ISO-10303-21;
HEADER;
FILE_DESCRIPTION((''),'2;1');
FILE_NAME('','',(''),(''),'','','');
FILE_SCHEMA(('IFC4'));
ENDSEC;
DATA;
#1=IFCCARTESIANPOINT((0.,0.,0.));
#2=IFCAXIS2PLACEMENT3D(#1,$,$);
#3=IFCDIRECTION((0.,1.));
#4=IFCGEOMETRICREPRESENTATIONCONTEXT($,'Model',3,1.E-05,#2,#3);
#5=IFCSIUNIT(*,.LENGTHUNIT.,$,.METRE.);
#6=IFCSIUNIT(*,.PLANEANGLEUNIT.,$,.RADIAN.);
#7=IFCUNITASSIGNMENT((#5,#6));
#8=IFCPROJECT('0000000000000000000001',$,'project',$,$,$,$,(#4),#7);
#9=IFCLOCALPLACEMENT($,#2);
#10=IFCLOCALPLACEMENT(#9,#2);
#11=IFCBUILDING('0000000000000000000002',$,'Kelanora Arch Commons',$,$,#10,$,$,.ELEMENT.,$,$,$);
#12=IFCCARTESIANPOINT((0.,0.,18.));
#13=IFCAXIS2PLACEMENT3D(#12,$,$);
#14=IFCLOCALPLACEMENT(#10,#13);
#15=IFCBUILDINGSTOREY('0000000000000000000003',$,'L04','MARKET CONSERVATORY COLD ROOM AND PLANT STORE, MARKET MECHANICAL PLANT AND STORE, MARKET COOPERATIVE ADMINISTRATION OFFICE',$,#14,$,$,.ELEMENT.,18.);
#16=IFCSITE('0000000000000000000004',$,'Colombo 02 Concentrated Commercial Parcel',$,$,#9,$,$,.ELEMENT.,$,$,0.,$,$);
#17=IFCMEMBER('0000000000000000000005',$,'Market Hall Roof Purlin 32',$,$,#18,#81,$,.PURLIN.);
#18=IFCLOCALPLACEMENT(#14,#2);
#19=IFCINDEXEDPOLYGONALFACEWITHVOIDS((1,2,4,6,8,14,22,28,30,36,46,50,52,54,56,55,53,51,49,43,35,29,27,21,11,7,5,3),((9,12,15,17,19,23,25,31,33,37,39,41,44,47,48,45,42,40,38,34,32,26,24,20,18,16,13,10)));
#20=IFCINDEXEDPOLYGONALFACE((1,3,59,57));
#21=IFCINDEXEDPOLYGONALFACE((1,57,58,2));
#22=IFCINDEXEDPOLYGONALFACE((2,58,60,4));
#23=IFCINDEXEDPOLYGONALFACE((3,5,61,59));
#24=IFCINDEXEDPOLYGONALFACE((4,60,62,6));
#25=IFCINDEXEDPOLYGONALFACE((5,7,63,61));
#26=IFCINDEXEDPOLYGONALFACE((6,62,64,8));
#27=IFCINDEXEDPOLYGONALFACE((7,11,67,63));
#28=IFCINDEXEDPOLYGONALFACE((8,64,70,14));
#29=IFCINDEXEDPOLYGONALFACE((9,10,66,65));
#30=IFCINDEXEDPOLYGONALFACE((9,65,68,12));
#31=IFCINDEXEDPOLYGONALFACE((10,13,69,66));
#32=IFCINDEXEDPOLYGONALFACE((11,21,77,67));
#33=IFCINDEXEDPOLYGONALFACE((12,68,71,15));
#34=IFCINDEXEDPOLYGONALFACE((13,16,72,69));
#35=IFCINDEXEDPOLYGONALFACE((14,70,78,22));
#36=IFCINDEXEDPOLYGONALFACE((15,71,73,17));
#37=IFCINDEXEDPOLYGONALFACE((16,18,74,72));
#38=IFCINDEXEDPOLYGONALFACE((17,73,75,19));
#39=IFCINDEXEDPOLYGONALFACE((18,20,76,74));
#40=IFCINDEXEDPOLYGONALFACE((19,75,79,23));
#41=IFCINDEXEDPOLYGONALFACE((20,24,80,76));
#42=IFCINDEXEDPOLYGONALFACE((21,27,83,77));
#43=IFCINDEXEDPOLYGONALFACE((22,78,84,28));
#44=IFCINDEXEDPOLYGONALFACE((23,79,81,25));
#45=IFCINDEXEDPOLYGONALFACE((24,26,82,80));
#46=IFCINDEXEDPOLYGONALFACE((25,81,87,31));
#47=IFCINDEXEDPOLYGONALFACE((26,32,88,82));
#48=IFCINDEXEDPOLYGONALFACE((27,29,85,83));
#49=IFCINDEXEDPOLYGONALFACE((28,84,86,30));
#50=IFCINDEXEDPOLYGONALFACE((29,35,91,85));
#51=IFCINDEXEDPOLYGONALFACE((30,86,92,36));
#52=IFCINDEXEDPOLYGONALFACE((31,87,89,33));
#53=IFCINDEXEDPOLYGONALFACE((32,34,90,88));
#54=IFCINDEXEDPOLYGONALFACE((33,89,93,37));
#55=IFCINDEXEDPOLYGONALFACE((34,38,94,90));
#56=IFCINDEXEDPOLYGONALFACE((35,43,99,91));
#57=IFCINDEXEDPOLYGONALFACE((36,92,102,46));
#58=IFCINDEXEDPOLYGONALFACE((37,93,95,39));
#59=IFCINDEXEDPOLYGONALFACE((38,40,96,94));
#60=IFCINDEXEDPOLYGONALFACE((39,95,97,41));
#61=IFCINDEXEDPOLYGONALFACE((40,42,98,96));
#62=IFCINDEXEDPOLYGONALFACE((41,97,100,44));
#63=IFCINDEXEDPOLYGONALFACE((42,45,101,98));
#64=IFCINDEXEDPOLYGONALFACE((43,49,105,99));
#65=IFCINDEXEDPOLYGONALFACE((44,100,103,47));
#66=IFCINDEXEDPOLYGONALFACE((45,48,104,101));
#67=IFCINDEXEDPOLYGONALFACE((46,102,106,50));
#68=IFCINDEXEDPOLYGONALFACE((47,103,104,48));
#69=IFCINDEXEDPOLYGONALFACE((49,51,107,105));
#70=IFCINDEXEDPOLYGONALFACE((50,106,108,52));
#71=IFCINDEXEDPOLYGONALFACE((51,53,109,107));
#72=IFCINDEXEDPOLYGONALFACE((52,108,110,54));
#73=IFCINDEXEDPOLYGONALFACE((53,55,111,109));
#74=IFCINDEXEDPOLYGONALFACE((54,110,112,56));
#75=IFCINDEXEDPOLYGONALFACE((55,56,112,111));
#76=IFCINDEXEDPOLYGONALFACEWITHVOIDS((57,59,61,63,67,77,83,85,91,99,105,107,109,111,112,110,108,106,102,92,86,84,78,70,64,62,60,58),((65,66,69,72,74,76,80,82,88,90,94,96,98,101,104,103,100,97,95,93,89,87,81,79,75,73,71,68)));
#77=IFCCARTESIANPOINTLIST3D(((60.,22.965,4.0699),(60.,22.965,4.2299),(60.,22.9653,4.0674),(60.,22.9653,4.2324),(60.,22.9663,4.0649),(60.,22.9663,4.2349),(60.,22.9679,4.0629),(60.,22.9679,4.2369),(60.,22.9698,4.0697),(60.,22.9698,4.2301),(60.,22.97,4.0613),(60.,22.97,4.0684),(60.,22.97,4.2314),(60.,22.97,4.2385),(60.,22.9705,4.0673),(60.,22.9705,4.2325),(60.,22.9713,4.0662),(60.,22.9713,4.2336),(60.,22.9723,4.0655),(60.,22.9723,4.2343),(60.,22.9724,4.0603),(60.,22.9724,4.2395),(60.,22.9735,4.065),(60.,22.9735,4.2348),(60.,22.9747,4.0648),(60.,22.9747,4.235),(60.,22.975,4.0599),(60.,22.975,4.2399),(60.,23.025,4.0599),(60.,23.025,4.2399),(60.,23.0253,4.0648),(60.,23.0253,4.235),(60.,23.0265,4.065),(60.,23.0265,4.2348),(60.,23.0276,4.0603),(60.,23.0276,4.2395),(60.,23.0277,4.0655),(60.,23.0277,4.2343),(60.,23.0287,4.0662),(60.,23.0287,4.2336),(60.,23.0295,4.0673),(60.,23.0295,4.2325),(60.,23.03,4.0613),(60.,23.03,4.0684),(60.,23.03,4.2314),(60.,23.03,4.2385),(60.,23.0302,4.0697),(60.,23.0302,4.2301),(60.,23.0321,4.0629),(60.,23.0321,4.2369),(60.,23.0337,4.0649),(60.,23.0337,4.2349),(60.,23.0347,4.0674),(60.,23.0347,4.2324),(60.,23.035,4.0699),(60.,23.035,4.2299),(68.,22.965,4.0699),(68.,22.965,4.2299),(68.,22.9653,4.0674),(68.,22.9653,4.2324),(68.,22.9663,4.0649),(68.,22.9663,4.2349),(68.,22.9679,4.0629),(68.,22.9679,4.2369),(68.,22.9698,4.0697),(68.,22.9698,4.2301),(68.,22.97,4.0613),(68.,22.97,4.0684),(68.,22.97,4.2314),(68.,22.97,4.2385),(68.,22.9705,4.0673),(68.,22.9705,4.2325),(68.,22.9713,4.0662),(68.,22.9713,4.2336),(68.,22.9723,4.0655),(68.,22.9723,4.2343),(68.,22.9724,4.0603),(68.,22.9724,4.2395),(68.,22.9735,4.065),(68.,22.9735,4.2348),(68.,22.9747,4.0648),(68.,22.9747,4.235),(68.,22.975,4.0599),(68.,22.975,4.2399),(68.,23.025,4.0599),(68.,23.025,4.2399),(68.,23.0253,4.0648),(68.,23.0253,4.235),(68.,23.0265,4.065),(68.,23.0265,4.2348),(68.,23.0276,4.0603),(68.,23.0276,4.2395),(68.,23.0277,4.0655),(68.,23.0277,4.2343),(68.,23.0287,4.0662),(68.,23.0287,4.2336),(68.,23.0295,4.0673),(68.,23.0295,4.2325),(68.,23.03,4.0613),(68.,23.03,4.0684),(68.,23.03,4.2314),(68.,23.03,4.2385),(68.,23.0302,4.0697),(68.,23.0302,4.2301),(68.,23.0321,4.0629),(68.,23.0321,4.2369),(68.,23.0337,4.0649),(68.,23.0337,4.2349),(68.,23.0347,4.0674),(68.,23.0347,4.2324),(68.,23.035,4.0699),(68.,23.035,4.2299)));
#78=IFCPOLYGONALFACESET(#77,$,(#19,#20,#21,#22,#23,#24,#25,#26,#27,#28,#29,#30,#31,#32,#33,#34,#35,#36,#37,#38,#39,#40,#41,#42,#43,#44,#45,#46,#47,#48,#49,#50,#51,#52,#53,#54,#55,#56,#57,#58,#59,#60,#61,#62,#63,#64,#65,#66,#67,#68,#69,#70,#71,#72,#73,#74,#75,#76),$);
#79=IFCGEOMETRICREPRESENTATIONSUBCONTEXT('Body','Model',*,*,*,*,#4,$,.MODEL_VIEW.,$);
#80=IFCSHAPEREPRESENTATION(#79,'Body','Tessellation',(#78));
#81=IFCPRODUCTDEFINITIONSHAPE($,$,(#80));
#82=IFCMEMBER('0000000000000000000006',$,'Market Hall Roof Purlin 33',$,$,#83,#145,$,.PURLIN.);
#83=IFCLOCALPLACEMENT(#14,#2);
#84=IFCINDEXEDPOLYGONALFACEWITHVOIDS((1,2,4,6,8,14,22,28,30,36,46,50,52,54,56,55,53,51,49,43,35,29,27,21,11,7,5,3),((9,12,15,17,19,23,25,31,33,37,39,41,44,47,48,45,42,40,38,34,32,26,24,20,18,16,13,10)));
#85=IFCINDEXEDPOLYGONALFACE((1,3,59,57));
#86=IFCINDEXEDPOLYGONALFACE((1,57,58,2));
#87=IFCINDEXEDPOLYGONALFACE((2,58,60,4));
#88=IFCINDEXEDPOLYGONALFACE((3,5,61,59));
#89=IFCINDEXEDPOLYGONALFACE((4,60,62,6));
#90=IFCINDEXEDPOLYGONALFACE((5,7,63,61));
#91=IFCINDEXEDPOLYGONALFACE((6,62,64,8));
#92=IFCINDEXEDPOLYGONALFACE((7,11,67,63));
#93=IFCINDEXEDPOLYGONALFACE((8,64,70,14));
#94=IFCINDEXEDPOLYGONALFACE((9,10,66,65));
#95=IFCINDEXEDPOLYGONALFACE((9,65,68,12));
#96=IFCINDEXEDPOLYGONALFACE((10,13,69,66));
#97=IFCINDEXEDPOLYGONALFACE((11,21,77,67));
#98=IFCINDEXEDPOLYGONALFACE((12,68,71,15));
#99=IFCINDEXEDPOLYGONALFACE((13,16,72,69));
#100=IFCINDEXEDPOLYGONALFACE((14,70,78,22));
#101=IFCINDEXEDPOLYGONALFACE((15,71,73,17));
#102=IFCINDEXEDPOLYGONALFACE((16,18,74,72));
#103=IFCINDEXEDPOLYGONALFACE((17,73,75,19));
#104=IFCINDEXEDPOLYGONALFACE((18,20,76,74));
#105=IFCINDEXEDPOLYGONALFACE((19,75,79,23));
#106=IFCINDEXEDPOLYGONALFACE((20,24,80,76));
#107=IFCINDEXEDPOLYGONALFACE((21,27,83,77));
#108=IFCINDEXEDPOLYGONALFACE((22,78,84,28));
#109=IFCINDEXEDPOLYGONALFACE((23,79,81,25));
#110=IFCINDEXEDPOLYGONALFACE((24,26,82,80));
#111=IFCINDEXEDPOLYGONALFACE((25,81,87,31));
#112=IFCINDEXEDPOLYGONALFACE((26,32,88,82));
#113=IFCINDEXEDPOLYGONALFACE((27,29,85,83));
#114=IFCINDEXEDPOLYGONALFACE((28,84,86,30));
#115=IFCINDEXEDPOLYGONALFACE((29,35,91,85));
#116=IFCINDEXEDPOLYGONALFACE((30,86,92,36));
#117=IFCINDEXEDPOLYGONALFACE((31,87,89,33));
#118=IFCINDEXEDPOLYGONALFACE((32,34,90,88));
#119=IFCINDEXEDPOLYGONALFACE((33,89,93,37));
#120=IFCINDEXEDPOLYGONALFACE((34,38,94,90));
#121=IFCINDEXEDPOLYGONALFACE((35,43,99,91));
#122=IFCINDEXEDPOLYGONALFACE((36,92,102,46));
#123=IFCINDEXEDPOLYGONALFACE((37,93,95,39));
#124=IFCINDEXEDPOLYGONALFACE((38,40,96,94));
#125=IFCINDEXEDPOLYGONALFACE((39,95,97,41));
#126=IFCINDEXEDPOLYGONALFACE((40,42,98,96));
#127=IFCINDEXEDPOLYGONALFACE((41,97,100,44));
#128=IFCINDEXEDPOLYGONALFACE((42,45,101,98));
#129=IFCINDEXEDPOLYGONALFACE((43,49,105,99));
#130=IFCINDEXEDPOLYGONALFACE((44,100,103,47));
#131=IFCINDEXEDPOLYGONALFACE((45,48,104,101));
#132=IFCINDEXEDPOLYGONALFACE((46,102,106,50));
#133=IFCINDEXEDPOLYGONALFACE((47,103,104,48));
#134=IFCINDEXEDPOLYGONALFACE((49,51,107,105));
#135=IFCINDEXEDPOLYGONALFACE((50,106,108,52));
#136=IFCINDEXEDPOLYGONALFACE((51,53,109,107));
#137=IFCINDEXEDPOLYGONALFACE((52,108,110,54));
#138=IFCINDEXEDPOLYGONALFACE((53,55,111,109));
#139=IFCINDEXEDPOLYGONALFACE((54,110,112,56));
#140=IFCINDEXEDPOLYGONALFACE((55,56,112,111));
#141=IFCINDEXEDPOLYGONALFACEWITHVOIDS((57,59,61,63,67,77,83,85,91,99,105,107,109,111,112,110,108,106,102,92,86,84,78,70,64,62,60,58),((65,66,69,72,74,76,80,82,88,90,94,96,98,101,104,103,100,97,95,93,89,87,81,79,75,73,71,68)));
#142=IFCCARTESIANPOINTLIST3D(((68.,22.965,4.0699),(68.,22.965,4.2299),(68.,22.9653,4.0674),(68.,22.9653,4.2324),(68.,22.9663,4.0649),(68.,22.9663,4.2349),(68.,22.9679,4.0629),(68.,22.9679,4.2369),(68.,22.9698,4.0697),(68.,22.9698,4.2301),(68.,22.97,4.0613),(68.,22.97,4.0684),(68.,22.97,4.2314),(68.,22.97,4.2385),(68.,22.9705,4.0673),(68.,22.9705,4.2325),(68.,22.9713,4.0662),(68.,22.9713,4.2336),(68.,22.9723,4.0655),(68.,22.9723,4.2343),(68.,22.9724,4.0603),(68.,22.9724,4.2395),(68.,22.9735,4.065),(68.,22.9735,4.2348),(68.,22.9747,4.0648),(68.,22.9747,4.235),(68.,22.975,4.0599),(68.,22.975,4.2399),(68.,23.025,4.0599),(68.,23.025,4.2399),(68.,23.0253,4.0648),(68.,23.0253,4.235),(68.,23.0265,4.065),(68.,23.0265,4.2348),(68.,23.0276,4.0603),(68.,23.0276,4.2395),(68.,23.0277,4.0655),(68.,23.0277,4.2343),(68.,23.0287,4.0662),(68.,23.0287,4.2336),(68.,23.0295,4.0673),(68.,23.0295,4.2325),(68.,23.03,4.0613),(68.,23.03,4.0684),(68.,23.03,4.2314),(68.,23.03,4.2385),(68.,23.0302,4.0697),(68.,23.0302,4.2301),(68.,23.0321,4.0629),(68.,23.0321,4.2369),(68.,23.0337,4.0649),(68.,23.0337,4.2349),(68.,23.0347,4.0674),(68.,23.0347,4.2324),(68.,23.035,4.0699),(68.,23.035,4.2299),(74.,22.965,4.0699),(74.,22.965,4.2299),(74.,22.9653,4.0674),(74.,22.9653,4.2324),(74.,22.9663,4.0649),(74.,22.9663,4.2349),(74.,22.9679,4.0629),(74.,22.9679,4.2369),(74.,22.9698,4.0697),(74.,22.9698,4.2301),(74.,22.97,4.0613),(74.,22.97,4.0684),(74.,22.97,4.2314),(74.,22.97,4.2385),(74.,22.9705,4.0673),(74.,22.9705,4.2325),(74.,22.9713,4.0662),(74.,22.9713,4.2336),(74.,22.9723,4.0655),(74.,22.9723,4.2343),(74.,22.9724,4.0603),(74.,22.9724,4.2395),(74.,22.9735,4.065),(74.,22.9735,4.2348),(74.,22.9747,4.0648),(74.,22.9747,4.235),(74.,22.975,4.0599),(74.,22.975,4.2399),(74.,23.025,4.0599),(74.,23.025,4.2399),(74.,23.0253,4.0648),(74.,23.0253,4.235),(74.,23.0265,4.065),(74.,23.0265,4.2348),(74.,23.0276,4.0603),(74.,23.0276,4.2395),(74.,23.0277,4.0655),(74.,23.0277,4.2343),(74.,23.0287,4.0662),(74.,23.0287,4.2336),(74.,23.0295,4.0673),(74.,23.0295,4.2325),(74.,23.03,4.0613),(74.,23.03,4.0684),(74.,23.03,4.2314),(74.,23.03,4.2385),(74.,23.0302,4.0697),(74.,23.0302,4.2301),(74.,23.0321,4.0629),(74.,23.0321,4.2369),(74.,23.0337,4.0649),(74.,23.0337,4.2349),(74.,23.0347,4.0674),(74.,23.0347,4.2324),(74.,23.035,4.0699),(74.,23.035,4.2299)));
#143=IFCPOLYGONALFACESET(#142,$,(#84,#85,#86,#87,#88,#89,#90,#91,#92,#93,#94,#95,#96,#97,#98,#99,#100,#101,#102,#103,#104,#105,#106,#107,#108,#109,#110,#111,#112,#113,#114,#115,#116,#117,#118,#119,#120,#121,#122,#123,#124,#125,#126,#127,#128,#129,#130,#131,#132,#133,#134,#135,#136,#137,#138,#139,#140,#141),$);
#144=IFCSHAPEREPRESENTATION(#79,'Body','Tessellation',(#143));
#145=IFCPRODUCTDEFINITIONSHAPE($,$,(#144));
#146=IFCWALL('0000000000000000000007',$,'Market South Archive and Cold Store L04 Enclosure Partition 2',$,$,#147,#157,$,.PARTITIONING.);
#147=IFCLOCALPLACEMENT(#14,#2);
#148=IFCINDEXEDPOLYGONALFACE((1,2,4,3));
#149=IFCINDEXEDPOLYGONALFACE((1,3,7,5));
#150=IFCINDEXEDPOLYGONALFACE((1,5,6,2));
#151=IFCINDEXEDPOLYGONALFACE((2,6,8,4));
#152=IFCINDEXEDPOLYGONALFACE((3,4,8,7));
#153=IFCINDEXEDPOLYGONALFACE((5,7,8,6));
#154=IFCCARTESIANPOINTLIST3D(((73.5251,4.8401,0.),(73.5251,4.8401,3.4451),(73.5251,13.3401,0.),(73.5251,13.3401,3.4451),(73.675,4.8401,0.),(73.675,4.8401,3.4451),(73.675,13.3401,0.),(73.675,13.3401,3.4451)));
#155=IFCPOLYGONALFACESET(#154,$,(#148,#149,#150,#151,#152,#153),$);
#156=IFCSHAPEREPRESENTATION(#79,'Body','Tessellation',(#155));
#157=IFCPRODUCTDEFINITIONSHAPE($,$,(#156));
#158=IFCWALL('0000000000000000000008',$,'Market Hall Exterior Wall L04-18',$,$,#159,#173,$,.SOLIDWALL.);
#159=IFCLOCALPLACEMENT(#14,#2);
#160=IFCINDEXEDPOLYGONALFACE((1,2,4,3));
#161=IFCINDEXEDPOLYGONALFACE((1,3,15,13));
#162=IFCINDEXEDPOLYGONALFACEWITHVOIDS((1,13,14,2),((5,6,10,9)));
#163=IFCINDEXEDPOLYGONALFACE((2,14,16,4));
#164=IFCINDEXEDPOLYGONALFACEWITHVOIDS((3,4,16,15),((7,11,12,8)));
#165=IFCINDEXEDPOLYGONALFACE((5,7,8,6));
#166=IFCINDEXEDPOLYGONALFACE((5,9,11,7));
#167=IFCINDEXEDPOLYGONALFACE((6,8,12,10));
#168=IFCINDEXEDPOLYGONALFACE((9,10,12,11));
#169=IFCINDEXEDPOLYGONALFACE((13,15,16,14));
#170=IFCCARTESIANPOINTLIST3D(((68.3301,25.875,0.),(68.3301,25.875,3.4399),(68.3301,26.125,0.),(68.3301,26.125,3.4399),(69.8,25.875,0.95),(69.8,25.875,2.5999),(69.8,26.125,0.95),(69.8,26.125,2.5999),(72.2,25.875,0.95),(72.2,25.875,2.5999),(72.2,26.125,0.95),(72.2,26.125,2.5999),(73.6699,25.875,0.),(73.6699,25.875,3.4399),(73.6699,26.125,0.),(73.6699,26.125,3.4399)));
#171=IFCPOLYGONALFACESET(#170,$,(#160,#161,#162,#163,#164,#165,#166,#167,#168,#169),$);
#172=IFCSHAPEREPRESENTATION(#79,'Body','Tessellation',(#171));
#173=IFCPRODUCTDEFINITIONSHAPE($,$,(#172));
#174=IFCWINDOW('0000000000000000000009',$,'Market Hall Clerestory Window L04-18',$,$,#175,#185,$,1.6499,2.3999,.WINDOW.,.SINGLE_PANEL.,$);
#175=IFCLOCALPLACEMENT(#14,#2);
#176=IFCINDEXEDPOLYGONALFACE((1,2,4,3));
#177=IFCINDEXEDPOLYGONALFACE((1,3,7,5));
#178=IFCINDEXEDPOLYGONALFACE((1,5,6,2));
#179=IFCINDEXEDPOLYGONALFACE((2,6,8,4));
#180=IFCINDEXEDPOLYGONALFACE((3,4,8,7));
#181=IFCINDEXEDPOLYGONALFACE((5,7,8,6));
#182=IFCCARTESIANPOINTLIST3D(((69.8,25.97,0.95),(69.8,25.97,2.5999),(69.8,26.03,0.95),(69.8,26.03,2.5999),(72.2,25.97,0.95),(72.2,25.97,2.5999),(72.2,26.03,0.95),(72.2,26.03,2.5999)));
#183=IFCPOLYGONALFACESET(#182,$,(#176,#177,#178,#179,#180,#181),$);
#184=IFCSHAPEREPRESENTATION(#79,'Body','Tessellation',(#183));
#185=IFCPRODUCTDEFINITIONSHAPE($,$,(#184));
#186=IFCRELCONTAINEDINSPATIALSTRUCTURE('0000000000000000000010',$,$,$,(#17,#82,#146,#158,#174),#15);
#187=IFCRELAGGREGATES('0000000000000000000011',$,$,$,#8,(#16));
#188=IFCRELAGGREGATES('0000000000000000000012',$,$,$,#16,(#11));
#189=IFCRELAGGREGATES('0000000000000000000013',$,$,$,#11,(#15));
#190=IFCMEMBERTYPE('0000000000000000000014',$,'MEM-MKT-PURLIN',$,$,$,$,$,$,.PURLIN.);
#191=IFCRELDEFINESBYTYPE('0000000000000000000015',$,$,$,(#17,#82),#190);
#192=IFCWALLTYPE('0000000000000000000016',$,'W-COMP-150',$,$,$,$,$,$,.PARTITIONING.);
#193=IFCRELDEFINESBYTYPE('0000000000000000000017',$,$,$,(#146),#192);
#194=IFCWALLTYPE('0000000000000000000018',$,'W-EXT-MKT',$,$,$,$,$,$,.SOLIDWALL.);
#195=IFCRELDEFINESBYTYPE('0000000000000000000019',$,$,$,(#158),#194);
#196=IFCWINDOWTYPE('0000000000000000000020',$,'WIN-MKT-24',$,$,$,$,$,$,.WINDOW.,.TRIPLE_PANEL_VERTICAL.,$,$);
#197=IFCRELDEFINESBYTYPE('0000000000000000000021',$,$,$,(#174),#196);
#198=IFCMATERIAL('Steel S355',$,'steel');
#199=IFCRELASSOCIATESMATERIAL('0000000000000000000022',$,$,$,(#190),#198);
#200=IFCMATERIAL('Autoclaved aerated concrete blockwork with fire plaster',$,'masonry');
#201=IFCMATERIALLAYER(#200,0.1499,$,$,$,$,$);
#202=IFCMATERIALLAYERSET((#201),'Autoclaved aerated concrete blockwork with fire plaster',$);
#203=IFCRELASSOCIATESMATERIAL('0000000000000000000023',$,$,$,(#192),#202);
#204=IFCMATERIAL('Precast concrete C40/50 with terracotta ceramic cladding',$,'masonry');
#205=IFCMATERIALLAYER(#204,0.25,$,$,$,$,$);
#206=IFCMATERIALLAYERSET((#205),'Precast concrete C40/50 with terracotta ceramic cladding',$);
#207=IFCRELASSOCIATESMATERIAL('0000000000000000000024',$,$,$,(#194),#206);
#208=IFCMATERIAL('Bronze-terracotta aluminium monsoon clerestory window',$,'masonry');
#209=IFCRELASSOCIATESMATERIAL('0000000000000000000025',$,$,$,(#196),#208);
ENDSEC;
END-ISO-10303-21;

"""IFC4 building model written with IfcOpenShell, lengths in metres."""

from ifc_helpers import new_model, si_unit, direction, frame, frame_2d, origin, origin_2d, place, context, subcontext, project, spatial, rectangle, hollow_rectangle, extrude, material, layer, layer_set, material_profile, profile_set, type_object, element, fill, save


model = new_model("IFC4")

# Units and contexts
model_context = context("Model", 3, precision=1e-05, world=origin(), true_north=direction((0.0, 1.0)))
body_context = subcontext(model_context, "Body", "Model", "MODEL_VIEW")
ifc_project = project(units=[si_unit("LENGTHUNIT", "METRE"), si_unit("PLANEANGLEUNIT", "RADIAN")], contexts=[model_context])

# Site, building, storey
site_placement = place(None, origin())
site = spatial("IfcSite", under=ifc_project, at=site_placement, Name="Colombo 02 Concentrated Commercial Parcel", CompositionType="ELEMENT", RefElevation=0.0)
building_placement = place(site_placement, origin())
building = spatial("IfcBuilding", under=site, at=building_placement, Name="Kelanora Arch Commons", CompositionType="ELEMENT")
storey_placement = place(building_placement, frame((0.0, 0.0, 18.0)))
storey = spatial("IfcBuildingStorey", under=building, at=storey_placement, Name="L04", Description="MARKET CONSERVATORY COLD ROOM AND PLANT STORE, MARKET MECHANICAL PLANT AND STORE, MARKET COOPERATIVE ADMINISTRATION OFFICE", CompositionType="ELEMENT", Elevation=18.0)

# Shared definitions
ifc_material_1 = material(Name="Steel S355", Category="steel")

# Members
ifc_material_profile_1 = material_profile(ifc_material_1, hollow_rectangle(XDim=0.0701, YDim=0.1799, WallThickness=0.0049, InnerFilletRadius=0.0049, OuterFilletRadius=0.01, at=origin_2d()), Name="RHS180x70x5")
ifc_profile_set_1 = profile_set([ifc_material_profile_1], Name="Steel S355")
member_type_1 = type_object("IfcMemberType", Name="MEM-MKT-PURLIN", PredefinedType="PURLIN", material=ifc_profile_set_1)
member_1_placement = place(storey_placement, frame((60.0, 23.0, 4.1499), z_axis=(1.0, 0.0, 0.0), x_axis=(0.0, 1.0, 0.0)))
element("IfcMember", 1, at=member_1_placement, inside=storey, type_object=member_type_1, Name="Market Hall Roof Purlin 32", PredefinedType="PURLIN", context=body_context, shape_type="SweptSolid", body=[
    extrude(hollow_rectangle(XDim=0.0701, YDim=0.1799, WallThickness=0.0049, InnerFilletRadius=0.0049, OuterFilletRadius=0.01, at=origin_2d()), origin(), (0.0, 0.0, 1.0), 8.0),
])
member_2_placement = place(storey_placement, frame((68.0, 23.0, 4.1499), z_axis=(1.0, 0.0, 0.0), x_axis=(0.0, 1.0, 0.0)))
element("IfcMember", 2, at=member_2_placement, inside=storey, type_object=member_type_1, Name="Market Hall Roof Purlin 33", PredefinedType="PURLIN", context=body_context, shape_type="SweptSolid", body=[
    extrude(hollow_rectangle(XDim=0.0701, YDim=0.1799, WallThickness=0.0049, InnerFilletRadius=0.0049, OuterFilletRadius=0.01, at=origin_2d()), origin(), (0.0, 0.0, 1.0), 6.0),
])

# Wall
ifc_material_2 = material(Name="Autoclaved aerated concrete blockwork with fire plaster", Category="masonry")
ifc_layer_1 = layer(ifc_material_2, 0.1499)
ifc_layer_set_1 = layer_set([ifc_layer_1], Name="Autoclaved aerated concrete blockwork with fire plaster")
wall_type_1 = type_object("IfcWallType", Name="W-COMP-150", PredefinedType="PARTITIONING", material=ifc_layer_set_1)
wall_1_placement = place(storey_placement, frame((73.6001, 4.8401, 0.0), z_axis=(0.0, 0.0, 1.0), x_axis=(0.0, 1.0, 0.0)))
element("IfcWall", 3, at=wall_1_placement, inside=storey, type_object=wall_type_1, Name="Market South Archive and Cold Store L04 Enclosure Partition 2", PredefinedType="PARTITIONING", context=body_context, shape_type="SweptSolid", body=[
    extrude(rectangle(XDim=8.5, YDim=0.1499, at=frame_2d((4.25, 0.0))), origin(), (0.0, 0.0, 1.0), 3.4451),
])

# Wall, opening, window
ifc_material_3 = material(Name="Precast concrete C40/50 with terracotta ceramic cladding", Category="masonry")
ifc_layer_2 = layer(ifc_material_3, 0.25)
ifc_layer_set_2 = layer_set([ifc_layer_2], Name="Precast concrete C40/50 with terracotta ceramic cladding")
wall_type_2 = type_object("IfcWallType", Name="W-EXT-MKT", PredefinedType="SOLIDWALL", material=ifc_layer_set_2)
wall_2_placement = place(storey_placement, frame((73.6699, 26.0, 0.0), z_axis=(0.0, 0.0, 1.0), x_axis=(-1.0, 0.0, 0.0)))
wall_2 = element("IfcWall", 4, at=wall_2_placement, inside=storey, type_object=wall_type_2, Name="Market Hall Exterior Wall L04-18", PredefinedType="SOLIDWALL", context=body_context, shape_type="SweptSolid", body=[
    extrude(rectangle(XDim=5.3398, YDim=0.25, at=frame_2d((2.6699, 0.0))), origin(), (0.0, 0.0, 1.0), 3.4399),
])
opening_1_placement = place(wall_2_placement, frame((1.47, 0.0, 0.95)))
opening_1 = element("IfcOpeningElement", 5, at=opening_1_placement, cuts=wall_2, PredefinedType="OPENING", context=body_context, shape_type="SweptSolid", body=[
    extrude(rectangle(XDim=2.3999, YDim=1.6499, at=frame_2d((1.2, 0.825))), frame((0.0, 0.135, 0.0), z_axis=(0.0, -1.0, 0.0), x_axis=(1.0, 0.0, 0.0)), (0.0, 0.0, 1.0), 0.27),
])
ifc_material_4 = material(Name="Bronze-terracotta aluminium monsoon clerestory window", Category="masonry")
window_type = type_object("IfcWindowType", Name="WIN-MKT-24", PartitioningType="TRIPLE_PANEL_VERTICAL", PredefinedType="WINDOW", material=ifc_material_4)
window_1_placement = place(opening_1_placement, origin())
window_1 = element("IfcWindow", 6, at=window_1_placement, inside=storey, type_object=window_type, Name="Market Hall Clerestory Window L04-18", OverallHeight=1.6499, OverallWidth=2.3999, PartitioningType="SINGLE_PANEL", PredefinedType="WINDOW", context=body_context, shape_type="SweptSolid", body=[
    extrude(rectangle(XDim=2.3999, YDim=1.6499, at=frame_2d((1.2, 0.825))), frame((0.0, 0.03, 0.0), z_axis=(0.0, -1.0, 0.0), x_axis=(1.0, 0.0, 0.0)), (0.0, 0.0, 1.0), 0.0601),
])
fill(opening_1, window_1)

save(model, "model.ifc")
